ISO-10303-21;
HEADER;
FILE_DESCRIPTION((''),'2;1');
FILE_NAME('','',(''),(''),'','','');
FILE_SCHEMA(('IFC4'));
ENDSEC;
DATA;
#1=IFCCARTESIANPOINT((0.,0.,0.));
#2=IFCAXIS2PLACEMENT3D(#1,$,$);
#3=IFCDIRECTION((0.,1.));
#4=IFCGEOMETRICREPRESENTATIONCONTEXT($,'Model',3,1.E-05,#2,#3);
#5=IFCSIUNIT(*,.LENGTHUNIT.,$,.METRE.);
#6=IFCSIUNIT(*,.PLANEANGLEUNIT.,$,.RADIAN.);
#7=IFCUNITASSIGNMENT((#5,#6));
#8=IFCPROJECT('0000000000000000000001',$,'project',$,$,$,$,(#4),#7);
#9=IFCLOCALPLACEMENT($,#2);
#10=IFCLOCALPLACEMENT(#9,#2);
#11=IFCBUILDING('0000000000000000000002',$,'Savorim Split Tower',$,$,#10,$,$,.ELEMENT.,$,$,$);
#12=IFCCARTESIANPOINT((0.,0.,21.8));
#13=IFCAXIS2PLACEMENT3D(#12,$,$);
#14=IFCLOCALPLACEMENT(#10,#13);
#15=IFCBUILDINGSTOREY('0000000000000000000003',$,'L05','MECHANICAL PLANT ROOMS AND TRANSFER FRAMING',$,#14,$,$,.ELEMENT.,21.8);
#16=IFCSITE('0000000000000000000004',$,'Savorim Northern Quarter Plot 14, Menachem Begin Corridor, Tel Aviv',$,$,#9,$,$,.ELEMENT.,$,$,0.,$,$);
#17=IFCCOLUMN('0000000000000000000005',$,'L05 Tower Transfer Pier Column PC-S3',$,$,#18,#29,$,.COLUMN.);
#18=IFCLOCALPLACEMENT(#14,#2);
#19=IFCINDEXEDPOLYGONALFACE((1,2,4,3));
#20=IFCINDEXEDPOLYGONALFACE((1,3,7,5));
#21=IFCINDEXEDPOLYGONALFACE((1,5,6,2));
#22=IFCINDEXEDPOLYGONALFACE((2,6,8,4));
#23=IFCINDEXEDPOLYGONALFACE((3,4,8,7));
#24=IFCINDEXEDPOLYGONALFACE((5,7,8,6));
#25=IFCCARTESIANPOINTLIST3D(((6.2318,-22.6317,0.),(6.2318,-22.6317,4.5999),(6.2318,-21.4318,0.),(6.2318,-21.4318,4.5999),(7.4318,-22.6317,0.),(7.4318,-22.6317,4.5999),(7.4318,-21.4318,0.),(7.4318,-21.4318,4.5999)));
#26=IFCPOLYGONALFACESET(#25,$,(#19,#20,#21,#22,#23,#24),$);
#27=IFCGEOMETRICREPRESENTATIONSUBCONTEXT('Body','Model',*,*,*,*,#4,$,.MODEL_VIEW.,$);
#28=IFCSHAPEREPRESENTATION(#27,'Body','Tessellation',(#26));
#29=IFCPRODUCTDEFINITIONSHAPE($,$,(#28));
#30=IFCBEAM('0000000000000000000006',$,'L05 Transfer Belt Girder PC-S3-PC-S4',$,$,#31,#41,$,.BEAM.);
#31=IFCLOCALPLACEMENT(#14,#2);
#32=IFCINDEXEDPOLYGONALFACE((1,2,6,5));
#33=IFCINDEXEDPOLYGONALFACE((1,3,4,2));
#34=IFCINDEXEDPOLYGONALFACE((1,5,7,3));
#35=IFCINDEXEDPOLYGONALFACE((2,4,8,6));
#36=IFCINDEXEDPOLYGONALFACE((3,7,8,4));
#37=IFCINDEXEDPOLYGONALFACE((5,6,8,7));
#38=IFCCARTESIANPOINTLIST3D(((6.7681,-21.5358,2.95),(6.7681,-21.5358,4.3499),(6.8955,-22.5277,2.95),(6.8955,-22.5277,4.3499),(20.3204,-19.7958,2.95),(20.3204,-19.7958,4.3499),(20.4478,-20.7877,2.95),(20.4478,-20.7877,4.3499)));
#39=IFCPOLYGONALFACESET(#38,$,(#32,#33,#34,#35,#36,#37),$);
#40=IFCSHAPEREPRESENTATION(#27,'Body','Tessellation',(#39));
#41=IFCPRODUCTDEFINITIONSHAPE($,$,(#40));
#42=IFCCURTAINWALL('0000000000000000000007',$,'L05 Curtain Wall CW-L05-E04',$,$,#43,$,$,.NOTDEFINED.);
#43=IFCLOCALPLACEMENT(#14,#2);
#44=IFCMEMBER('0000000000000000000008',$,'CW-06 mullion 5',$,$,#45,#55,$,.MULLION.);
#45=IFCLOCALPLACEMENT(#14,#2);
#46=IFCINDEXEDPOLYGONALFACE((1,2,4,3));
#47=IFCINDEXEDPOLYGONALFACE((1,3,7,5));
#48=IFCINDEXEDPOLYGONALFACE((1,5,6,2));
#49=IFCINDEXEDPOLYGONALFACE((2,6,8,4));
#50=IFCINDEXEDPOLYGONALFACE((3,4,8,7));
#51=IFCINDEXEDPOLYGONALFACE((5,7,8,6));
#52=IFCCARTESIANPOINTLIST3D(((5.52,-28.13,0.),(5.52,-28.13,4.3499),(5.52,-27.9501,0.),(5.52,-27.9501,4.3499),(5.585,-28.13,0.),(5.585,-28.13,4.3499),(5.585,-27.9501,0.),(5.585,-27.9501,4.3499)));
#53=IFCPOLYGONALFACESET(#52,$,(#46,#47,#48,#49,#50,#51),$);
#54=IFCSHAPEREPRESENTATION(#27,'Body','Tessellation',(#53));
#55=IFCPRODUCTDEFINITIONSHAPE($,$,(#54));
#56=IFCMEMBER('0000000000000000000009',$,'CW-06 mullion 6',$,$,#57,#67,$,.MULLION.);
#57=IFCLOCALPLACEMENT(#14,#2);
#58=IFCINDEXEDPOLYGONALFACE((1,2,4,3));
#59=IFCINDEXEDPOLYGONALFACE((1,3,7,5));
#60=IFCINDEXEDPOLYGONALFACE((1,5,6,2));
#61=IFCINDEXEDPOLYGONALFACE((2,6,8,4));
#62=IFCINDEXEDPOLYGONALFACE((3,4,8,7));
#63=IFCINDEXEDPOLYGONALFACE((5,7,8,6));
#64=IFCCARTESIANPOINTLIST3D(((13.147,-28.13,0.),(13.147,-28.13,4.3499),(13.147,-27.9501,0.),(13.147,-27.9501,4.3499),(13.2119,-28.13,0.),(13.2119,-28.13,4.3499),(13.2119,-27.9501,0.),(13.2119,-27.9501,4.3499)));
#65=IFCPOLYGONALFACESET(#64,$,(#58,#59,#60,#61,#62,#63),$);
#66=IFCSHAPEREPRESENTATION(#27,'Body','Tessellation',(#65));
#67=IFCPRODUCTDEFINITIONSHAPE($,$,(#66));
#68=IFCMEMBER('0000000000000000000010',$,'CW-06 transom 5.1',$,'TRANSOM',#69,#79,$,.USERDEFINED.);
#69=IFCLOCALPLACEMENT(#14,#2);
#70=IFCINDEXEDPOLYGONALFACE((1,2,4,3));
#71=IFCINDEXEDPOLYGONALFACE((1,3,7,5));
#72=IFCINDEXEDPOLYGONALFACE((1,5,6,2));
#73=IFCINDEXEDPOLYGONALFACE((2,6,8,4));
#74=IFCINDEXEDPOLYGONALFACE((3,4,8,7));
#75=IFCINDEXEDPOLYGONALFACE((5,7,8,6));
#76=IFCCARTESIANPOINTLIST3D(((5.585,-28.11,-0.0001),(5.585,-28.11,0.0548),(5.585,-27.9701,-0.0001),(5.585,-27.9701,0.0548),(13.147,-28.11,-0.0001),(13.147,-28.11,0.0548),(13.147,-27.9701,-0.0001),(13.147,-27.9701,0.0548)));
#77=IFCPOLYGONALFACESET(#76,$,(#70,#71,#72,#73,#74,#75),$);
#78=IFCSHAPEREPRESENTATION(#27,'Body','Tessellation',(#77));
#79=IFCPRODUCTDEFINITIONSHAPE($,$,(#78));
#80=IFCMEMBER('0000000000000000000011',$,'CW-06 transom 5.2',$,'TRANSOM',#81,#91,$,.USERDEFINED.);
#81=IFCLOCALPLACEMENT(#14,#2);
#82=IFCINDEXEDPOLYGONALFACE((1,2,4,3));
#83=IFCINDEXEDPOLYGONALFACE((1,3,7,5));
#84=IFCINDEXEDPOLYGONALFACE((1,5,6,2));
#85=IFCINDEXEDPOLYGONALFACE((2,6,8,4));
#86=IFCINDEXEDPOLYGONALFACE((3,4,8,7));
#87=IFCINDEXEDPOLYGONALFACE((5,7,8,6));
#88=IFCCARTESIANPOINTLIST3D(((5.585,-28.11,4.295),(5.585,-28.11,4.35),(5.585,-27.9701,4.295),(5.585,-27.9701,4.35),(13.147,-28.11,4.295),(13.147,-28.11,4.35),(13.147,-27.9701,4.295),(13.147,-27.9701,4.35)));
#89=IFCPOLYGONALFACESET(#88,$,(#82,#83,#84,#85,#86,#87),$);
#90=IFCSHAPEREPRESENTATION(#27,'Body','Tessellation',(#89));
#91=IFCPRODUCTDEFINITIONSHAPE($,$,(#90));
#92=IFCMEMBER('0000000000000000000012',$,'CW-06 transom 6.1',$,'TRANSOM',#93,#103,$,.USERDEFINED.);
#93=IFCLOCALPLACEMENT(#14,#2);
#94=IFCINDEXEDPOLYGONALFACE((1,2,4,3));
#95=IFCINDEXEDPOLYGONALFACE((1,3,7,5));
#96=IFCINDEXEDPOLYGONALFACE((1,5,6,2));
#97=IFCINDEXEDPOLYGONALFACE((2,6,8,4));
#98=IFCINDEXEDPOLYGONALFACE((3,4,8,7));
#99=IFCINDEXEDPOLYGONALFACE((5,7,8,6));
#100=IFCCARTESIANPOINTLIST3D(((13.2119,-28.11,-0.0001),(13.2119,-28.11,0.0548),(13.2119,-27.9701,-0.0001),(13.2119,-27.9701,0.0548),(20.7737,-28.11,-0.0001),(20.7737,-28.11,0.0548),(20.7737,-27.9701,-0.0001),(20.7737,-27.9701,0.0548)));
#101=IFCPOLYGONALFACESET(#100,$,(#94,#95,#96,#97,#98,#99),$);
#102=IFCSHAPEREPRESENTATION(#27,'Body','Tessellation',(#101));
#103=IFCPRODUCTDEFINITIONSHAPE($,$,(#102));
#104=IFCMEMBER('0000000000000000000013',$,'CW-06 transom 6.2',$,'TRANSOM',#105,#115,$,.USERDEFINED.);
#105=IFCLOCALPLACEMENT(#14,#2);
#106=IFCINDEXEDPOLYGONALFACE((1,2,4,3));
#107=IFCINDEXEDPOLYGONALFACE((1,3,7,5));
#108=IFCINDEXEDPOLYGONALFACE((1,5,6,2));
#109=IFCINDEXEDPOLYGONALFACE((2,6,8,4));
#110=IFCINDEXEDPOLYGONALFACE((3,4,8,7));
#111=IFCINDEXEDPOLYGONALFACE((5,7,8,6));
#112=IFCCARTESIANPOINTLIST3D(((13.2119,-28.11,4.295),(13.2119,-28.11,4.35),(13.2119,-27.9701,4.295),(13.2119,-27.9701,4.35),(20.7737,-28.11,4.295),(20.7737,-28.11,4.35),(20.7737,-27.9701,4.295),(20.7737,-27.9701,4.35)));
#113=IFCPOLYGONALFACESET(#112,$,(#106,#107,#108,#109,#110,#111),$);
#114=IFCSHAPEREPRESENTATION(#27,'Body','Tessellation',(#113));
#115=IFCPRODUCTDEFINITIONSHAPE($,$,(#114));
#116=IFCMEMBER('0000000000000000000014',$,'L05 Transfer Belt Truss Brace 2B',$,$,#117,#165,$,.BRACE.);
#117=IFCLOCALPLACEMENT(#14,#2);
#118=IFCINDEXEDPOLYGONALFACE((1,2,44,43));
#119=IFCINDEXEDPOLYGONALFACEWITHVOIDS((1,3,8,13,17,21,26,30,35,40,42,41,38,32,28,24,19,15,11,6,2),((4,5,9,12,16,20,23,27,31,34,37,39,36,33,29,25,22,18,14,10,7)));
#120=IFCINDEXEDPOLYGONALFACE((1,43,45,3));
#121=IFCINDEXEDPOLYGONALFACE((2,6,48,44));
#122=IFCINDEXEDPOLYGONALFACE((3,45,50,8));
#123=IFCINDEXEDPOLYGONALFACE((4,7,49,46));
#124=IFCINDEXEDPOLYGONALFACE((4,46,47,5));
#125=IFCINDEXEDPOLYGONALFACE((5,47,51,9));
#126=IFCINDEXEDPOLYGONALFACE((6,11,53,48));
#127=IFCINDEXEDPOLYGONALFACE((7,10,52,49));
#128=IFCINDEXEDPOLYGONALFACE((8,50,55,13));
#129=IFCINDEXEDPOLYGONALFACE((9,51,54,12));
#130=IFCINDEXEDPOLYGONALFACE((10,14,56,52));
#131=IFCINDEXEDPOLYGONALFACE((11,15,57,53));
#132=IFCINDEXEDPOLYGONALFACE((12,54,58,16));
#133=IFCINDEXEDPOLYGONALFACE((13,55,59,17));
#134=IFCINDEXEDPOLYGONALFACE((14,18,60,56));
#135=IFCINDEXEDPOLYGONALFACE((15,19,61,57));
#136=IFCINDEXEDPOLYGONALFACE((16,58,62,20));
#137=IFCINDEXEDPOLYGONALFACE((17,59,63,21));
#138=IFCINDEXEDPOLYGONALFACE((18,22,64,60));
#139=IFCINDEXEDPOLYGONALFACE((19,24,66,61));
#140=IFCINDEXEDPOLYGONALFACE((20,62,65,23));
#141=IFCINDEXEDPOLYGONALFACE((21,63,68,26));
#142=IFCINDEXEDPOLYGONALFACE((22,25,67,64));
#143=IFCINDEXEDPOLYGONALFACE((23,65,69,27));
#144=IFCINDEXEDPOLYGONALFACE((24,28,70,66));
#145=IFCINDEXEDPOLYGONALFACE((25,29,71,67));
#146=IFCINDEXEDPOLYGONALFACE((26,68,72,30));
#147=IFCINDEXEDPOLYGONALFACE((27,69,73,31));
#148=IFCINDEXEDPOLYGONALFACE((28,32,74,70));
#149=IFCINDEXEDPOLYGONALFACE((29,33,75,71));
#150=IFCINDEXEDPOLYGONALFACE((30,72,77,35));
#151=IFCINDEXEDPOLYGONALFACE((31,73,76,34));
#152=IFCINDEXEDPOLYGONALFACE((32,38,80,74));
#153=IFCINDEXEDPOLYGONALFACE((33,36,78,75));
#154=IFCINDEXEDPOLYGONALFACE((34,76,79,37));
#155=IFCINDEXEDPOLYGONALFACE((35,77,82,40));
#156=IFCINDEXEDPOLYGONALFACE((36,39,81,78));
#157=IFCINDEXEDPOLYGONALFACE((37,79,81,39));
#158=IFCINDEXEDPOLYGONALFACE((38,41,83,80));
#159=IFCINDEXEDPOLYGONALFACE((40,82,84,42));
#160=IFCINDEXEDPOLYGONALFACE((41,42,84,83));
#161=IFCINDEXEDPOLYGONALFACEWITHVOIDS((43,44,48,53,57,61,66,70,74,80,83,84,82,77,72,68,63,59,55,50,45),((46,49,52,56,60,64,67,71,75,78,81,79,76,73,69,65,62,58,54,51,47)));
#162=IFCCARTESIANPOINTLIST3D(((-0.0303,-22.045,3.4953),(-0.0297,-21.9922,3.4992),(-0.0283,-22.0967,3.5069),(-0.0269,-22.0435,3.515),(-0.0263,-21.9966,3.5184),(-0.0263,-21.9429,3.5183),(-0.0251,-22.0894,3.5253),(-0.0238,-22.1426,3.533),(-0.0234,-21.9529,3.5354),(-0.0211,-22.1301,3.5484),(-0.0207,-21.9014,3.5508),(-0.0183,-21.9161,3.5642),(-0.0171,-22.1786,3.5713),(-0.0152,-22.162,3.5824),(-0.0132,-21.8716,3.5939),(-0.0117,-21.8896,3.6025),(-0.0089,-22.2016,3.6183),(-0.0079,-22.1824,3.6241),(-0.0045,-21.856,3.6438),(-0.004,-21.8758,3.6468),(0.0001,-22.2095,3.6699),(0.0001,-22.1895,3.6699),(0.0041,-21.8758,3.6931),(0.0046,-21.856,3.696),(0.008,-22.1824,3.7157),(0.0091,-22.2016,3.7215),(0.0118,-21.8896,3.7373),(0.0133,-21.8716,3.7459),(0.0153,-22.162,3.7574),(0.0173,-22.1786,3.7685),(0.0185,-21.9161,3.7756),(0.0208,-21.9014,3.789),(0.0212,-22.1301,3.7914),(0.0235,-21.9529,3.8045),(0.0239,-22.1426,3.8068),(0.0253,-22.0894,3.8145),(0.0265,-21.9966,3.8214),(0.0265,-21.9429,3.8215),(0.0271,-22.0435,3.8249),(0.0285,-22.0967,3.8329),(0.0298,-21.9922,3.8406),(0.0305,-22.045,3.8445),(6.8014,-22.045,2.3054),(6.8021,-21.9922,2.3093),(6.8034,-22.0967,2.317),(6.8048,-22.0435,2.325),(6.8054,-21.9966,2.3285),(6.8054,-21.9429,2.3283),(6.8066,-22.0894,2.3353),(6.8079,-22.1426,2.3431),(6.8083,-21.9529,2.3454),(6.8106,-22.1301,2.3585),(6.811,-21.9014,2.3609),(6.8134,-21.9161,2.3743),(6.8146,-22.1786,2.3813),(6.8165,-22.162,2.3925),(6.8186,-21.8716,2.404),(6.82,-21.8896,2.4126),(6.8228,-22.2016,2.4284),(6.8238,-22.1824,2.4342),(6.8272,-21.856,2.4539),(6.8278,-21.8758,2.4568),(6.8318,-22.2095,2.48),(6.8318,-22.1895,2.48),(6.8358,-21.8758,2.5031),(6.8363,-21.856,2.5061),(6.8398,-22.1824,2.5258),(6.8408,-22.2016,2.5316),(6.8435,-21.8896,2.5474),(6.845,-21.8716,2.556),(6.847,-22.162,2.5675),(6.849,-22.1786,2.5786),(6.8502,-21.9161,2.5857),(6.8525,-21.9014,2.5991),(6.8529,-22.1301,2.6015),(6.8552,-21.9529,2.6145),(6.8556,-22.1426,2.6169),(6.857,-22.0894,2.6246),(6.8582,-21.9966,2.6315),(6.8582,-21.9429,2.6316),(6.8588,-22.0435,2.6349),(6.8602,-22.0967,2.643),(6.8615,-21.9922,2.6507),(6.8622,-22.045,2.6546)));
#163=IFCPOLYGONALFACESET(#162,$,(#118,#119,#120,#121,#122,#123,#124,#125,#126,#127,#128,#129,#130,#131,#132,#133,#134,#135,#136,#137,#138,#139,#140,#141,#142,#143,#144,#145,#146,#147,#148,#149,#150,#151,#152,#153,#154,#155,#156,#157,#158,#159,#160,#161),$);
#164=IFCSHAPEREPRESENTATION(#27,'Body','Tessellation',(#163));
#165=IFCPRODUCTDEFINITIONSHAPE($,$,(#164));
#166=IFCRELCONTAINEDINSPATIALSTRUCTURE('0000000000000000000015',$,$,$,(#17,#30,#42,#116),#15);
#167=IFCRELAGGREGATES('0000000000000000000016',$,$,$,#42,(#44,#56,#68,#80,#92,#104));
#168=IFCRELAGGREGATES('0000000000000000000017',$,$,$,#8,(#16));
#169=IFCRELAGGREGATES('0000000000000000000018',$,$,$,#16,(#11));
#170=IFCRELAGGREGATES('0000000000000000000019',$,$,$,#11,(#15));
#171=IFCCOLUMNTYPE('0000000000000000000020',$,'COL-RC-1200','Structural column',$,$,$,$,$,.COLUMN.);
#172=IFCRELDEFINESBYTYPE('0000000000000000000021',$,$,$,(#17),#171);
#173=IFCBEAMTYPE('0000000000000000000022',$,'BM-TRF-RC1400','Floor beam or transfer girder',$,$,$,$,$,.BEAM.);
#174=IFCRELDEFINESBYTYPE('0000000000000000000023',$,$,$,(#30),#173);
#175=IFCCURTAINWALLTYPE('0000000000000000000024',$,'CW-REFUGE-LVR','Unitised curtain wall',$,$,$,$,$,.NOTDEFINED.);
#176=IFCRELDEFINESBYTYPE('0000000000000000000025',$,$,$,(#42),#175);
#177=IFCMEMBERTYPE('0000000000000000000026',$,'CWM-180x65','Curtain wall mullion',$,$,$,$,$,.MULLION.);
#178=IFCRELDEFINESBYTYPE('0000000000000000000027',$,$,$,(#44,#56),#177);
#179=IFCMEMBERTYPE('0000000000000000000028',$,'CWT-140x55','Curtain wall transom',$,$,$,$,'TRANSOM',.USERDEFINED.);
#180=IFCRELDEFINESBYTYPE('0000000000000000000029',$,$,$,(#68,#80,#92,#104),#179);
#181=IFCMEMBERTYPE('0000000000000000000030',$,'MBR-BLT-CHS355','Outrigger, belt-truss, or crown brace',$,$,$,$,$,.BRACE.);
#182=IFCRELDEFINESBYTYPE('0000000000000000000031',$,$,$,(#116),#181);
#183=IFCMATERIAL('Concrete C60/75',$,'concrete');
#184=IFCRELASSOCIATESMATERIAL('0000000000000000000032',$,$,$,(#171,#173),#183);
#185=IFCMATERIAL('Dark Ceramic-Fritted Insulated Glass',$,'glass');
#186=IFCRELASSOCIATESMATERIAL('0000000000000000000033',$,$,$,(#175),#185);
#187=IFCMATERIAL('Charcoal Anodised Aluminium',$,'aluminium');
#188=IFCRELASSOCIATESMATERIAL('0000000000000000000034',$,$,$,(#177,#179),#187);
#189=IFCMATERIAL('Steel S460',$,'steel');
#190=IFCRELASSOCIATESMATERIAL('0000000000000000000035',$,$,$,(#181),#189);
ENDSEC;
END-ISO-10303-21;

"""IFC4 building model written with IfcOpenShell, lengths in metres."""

from ifc_helpers import new_model, si_unit, direction, frame, origin, origin_2d, place, context, subcontext, project, spatial, rectangle, hollow_circle, extrude, material, material_profile, profile_set, type_object, element, aggregate, save


model = new_model("IFC4")

# Units and contexts
model_context = context("Model", 3, precision=1e-05, world=origin(), true_north=direction((0.0, 1.0)))
body_context = subcontext(model_context, "Body", "Model", "MODEL_VIEW")
ifc_project = project(units=[si_unit("LENGTHUNIT", "METRE"), si_unit("PLANEANGLEUNIT", "RADIAN")], contexts=[model_context])

# Site, building, storey
site_placement = place(None, origin())
site = spatial("IfcSite", under=ifc_project, at=site_placement, Name="Savorim Northern Quarter Plot 14, Menachem Begin Corridor, Tel Aviv", CompositionType="ELEMENT", RefElevation=0.0)
building_placement = place(site_placement, origin())
building = spatial("IfcBuilding", under=site, at=building_placement, Name="Savorim Split Tower", CompositionType="ELEMENT")
storey_placement = place(building_placement, frame((0.0, 0.0, 21.8)))
storey = spatial("IfcBuildingStorey", under=building, at=storey_placement, Name="L05", Description="MECHANICAL PLANT ROOMS AND TRANSFER FRAMING", CompositionType="ELEMENT", Elevation=21.8)

# Column
ifc_material_1 = material(Name="Concrete C60/75", Category="concrete")
ifc_material_profile_1 = material_profile(ifc_material_1, rectangle(XDim=1.2, YDim=1.2, at=origin_2d()), Name="RC 1200x1200")
ifc_profile_set_1 = profile_set([ifc_material_profile_1], Name="Concrete C60/75")
column_type = type_object("IfcColumnType", Name="COL-RC-1200", Description="Structural column", PredefinedType="COLUMN", material=ifc_profile_set_1)
column_placement = place(storey_placement, frame((6.8318, -22.0317, 0.0), z_axis=(0.0, 0.0, 1.0), x_axis=(1.0, 0.0, 0.0)))
element("IfcColumn", 1, at=column_placement, inside=storey, type_object=column_type, Name="L05 Tower Transfer Pier Column PC-S3", PredefinedType="COLUMN", context=body_context, shape_type="SweptSolid", body=[
    extrude(rectangle(XDim=1.2, YDim=1.2, at=origin_2d()), origin(), (0.0, 0.0, 1.0), 4.5999),
])

# Beam
ifc_material_profile_2 = material_profile(ifc_material_1, rectangle(XDim=1.0, YDim=1.3999, at=origin_2d()), Name="RC 1000x1400")
ifc_profile_set_2 = profile_set([ifc_material_profile_2], Name="Concrete C60/75")
beam_type = type_object("IfcBeamType", Name="BM-TRF-RC1400", Description="Floor beam or transfer girder", PredefinedType="BEAM", material=ifc_profile_set_2)
beam_placement = place(storey_placement, frame((6.8318, -22.0317, 3.6499), z_axis=(0.991858, 0.127346, 0.0), x_axis=(-0.127346, 0.991858, 0.0)))
element("IfcBeam", 2, at=beam_placement, inside=storey, type_object=beam_type, Name="L05 Transfer Belt Girder PC-S3-PC-S4", PredefinedType="BEAM", context=body_context, shape_type="SweptSolid", body=[
    extrude(rectangle(XDim=1.0, YDim=1.3999, at=origin_2d()), origin(), (0.0, 0.0, 1.0), 13.6636),
])

# Curtain wall, members
ifc_material_2 = material(Name="Dark Ceramic-Fritted Insulated Glass", Category="glass")
curtain_wall_type = type_object("IfcCurtainWallType", Name="CW-REFUGE-LVR", Description="Unitised curtain wall", PredefinedType="NOTDEFINED", material=ifc_material_2)
curtain_wall_placement = place(storey_placement, origin())
curtain_wall = element("IfcCurtainWall", 3, at=curtain_wall_placement, inside=storey, type_object=curtain_wall_type, Name="L05 Curtain Wall CW-L05-E04", PredefinedType="NOTDEFINED")
ifc_material_3 = material(Name="Charcoal Anodised Aluminium", Category="aluminium")
ifc_material_profile_3 = material_profile(ifc_material_3, rectangle(XDim=0.1799, YDim=0.0649, at=origin_2d()), Name="ALU-M 180x65")
ifc_profile_set_3 = profile_set([ifc_material_profile_3], Name="Charcoal Anodised Aluminium")
member_type_1 = type_object("IfcMemberType", Name="CWM-180x65", Description="Curtain wall mullion", PredefinedType="MULLION", material=ifc_profile_set_3)
member_1_placement = place(storey_placement, frame((5.5525, -28.04, 0.0), z_axis=(0.0, 0.0, 1.0), x_axis=(0.0, 1.0, 0.0)))
member_1 = element("IfcMember", 4, at=member_1_placement, type_object=member_type_1, Name="CW-06 mullion 5", PredefinedType="MULLION", context=body_context, shape_type="SweptSolid", body=[
    extrude(rectangle(XDim=0.1799, YDim=0.0649, at=origin_2d()), origin(), (0.0, 0.0, 1.0), 4.3499),
])
member_2_placement = place(storey_placement, frame((13.1794, -28.04, 0.0), z_axis=(0.0, 0.0, 1.0), x_axis=(0.0, 1.0, 0.0)))
member_2 = element("IfcMember", 5, at=member_2_placement, type_object=member_type_1, Name="CW-06 mullion 6", PredefinedType="MULLION", context=body_context, shape_type="SweptSolid", body=[
    extrude(rectangle(XDim=0.1799, YDim=0.0649, at=origin_2d()), origin(), (0.0, 0.0, 1.0), 4.3499),
])
ifc_material_profile_4 = material_profile(ifc_material_3, rectangle(XDim=0.1399, YDim=0.0549, at=origin_2d()), Name="ALU-T 140x55")
ifc_profile_set_4 = profile_set([ifc_material_profile_4], Name="Charcoal Anodised Aluminium")
member_type_2 = type_object("IfcMemberType", Name="CWT-140x55", Description="Curtain wall transom", ElementType="TRANSOM", PredefinedType="USERDEFINED", material=ifc_profile_set_4)
member_3_placement = place(storey_placement, frame((5.585, -28.04, 0.0273), z_axis=(1.0, 0.0, 0.0), x_axis=(0.0, 1.0, 0.0)))
member_3 = element("IfcMember", 6, at=member_3_placement, type_object=member_type_2, Name="CW-06 transom 5.1", ObjectType="TRANSOM", PredefinedType="USERDEFINED", context=body_context, shape_type="SweptSolid", body=[
    extrude(rectangle(XDim=0.1399, YDim=0.0549, at=origin_2d()), origin(), (0.0, 0.0, 1.0), 7.562),
])
member_4_placement = place(storey_placement, frame((5.585, -28.04, 4.3225), z_axis=(1.0, 0.0, 0.0), x_axis=(0.0, 1.0, 0.0)))
member_4 = element("IfcMember", 7, at=member_4_placement, type_object=member_type_2, Name="CW-06 transom 5.2", ObjectType="TRANSOM", PredefinedType="USERDEFINED", context=body_context, shape_type="SweptSolid", body=[
    extrude(rectangle(XDim=0.1399, YDim=0.0549, at=origin_2d()), origin(), (0.0, 0.0, 1.0), 7.562),
])
member_5_placement = place(storey_placement, frame((13.2119, -28.04, 0.0273), z_axis=(1.0, 0.0, 0.0), x_axis=(0.0, 1.0, 0.0)))
member_5 = element("IfcMember", 8, at=member_5_placement, type_object=member_type_2, Name="CW-06 transom 6.1", ObjectType="TRANSOM", PredefinedType="USERDEFINED", context=body_context, shape_type="SweptSolid", body=[
    extrude(rectangle(XDim=0.1399, YDim=0.0549, at=origin_2d()), origin(), (0.0, 0.0, 1.0), 7.5618),
])
member_6_placement = place(storey_placement, frame((13.2119, -28.04, 4.3225), z_axis=(1.0, 0.0, 0.0), x_axis=(0.0, 1.0, 0.0)))
member_6 = element("IfcMember", 9, at=member_6_placement, type_object=member_type_2, Name="CW-06 transom 6.2", ObjectType="TRANSOM", PredefinedType="USERDEFINED", context=body_context, shape_type="SweptSolid", body=[
    extrude(rectangle(XDim=0.1399, YDim=0.0549, at=origin_2d()), origin(), (0.0, 0.0, 1.0), 7.5618),
])

# Member
ifc_material_4 = material(Name="Steel S460", Category="steel")
ifc_material_profile_5 = material_profile(ifc_material_4, hollow_circle(Radius=0.1777, WallThickness=0.02, at=origin_2d()), Name="CHS 355.6x20")
ifc_profile_set_5 = profile_set([ifc_material_profile_5], Name="Steel S460")
member_type_3 = type_object("IfcMemberType", Name="MBR-BLT-CHS355", Description="Outrigger, belt-truss, or crown brace", PredefinedType="BRACE", material=ifc_profile_set_5)
for number, where, z_axis, x_axis, name in (
    (10, (6.8318, -22.0317, 2.48), (-0.985168, 0.0, 0.171594), (0.0, -1.0, 0.0), "L05 Transfer Belt Truss Brace 2B"),
):
    element("IfcMember", number, at=place(storey_placement, frame(where, z_axis=z_axis, x_axis=x_axis)), inside=storey, type_object=member_type_3, Name=name, PredefinedType="BRACE", context=body_context, shape_type="SweptSolid", body=[
        extrude(hollow_circle(Radius=0.1777, WallThickness=0.02, at=origin_2d()), origin(), (0.0, 0.0, 1.0), 6.9346),
    ])

aggregate(curtain_wall, [member_1, member_2, member_3, member_4, member_5, member_6])

save(model, "model.ifc")
